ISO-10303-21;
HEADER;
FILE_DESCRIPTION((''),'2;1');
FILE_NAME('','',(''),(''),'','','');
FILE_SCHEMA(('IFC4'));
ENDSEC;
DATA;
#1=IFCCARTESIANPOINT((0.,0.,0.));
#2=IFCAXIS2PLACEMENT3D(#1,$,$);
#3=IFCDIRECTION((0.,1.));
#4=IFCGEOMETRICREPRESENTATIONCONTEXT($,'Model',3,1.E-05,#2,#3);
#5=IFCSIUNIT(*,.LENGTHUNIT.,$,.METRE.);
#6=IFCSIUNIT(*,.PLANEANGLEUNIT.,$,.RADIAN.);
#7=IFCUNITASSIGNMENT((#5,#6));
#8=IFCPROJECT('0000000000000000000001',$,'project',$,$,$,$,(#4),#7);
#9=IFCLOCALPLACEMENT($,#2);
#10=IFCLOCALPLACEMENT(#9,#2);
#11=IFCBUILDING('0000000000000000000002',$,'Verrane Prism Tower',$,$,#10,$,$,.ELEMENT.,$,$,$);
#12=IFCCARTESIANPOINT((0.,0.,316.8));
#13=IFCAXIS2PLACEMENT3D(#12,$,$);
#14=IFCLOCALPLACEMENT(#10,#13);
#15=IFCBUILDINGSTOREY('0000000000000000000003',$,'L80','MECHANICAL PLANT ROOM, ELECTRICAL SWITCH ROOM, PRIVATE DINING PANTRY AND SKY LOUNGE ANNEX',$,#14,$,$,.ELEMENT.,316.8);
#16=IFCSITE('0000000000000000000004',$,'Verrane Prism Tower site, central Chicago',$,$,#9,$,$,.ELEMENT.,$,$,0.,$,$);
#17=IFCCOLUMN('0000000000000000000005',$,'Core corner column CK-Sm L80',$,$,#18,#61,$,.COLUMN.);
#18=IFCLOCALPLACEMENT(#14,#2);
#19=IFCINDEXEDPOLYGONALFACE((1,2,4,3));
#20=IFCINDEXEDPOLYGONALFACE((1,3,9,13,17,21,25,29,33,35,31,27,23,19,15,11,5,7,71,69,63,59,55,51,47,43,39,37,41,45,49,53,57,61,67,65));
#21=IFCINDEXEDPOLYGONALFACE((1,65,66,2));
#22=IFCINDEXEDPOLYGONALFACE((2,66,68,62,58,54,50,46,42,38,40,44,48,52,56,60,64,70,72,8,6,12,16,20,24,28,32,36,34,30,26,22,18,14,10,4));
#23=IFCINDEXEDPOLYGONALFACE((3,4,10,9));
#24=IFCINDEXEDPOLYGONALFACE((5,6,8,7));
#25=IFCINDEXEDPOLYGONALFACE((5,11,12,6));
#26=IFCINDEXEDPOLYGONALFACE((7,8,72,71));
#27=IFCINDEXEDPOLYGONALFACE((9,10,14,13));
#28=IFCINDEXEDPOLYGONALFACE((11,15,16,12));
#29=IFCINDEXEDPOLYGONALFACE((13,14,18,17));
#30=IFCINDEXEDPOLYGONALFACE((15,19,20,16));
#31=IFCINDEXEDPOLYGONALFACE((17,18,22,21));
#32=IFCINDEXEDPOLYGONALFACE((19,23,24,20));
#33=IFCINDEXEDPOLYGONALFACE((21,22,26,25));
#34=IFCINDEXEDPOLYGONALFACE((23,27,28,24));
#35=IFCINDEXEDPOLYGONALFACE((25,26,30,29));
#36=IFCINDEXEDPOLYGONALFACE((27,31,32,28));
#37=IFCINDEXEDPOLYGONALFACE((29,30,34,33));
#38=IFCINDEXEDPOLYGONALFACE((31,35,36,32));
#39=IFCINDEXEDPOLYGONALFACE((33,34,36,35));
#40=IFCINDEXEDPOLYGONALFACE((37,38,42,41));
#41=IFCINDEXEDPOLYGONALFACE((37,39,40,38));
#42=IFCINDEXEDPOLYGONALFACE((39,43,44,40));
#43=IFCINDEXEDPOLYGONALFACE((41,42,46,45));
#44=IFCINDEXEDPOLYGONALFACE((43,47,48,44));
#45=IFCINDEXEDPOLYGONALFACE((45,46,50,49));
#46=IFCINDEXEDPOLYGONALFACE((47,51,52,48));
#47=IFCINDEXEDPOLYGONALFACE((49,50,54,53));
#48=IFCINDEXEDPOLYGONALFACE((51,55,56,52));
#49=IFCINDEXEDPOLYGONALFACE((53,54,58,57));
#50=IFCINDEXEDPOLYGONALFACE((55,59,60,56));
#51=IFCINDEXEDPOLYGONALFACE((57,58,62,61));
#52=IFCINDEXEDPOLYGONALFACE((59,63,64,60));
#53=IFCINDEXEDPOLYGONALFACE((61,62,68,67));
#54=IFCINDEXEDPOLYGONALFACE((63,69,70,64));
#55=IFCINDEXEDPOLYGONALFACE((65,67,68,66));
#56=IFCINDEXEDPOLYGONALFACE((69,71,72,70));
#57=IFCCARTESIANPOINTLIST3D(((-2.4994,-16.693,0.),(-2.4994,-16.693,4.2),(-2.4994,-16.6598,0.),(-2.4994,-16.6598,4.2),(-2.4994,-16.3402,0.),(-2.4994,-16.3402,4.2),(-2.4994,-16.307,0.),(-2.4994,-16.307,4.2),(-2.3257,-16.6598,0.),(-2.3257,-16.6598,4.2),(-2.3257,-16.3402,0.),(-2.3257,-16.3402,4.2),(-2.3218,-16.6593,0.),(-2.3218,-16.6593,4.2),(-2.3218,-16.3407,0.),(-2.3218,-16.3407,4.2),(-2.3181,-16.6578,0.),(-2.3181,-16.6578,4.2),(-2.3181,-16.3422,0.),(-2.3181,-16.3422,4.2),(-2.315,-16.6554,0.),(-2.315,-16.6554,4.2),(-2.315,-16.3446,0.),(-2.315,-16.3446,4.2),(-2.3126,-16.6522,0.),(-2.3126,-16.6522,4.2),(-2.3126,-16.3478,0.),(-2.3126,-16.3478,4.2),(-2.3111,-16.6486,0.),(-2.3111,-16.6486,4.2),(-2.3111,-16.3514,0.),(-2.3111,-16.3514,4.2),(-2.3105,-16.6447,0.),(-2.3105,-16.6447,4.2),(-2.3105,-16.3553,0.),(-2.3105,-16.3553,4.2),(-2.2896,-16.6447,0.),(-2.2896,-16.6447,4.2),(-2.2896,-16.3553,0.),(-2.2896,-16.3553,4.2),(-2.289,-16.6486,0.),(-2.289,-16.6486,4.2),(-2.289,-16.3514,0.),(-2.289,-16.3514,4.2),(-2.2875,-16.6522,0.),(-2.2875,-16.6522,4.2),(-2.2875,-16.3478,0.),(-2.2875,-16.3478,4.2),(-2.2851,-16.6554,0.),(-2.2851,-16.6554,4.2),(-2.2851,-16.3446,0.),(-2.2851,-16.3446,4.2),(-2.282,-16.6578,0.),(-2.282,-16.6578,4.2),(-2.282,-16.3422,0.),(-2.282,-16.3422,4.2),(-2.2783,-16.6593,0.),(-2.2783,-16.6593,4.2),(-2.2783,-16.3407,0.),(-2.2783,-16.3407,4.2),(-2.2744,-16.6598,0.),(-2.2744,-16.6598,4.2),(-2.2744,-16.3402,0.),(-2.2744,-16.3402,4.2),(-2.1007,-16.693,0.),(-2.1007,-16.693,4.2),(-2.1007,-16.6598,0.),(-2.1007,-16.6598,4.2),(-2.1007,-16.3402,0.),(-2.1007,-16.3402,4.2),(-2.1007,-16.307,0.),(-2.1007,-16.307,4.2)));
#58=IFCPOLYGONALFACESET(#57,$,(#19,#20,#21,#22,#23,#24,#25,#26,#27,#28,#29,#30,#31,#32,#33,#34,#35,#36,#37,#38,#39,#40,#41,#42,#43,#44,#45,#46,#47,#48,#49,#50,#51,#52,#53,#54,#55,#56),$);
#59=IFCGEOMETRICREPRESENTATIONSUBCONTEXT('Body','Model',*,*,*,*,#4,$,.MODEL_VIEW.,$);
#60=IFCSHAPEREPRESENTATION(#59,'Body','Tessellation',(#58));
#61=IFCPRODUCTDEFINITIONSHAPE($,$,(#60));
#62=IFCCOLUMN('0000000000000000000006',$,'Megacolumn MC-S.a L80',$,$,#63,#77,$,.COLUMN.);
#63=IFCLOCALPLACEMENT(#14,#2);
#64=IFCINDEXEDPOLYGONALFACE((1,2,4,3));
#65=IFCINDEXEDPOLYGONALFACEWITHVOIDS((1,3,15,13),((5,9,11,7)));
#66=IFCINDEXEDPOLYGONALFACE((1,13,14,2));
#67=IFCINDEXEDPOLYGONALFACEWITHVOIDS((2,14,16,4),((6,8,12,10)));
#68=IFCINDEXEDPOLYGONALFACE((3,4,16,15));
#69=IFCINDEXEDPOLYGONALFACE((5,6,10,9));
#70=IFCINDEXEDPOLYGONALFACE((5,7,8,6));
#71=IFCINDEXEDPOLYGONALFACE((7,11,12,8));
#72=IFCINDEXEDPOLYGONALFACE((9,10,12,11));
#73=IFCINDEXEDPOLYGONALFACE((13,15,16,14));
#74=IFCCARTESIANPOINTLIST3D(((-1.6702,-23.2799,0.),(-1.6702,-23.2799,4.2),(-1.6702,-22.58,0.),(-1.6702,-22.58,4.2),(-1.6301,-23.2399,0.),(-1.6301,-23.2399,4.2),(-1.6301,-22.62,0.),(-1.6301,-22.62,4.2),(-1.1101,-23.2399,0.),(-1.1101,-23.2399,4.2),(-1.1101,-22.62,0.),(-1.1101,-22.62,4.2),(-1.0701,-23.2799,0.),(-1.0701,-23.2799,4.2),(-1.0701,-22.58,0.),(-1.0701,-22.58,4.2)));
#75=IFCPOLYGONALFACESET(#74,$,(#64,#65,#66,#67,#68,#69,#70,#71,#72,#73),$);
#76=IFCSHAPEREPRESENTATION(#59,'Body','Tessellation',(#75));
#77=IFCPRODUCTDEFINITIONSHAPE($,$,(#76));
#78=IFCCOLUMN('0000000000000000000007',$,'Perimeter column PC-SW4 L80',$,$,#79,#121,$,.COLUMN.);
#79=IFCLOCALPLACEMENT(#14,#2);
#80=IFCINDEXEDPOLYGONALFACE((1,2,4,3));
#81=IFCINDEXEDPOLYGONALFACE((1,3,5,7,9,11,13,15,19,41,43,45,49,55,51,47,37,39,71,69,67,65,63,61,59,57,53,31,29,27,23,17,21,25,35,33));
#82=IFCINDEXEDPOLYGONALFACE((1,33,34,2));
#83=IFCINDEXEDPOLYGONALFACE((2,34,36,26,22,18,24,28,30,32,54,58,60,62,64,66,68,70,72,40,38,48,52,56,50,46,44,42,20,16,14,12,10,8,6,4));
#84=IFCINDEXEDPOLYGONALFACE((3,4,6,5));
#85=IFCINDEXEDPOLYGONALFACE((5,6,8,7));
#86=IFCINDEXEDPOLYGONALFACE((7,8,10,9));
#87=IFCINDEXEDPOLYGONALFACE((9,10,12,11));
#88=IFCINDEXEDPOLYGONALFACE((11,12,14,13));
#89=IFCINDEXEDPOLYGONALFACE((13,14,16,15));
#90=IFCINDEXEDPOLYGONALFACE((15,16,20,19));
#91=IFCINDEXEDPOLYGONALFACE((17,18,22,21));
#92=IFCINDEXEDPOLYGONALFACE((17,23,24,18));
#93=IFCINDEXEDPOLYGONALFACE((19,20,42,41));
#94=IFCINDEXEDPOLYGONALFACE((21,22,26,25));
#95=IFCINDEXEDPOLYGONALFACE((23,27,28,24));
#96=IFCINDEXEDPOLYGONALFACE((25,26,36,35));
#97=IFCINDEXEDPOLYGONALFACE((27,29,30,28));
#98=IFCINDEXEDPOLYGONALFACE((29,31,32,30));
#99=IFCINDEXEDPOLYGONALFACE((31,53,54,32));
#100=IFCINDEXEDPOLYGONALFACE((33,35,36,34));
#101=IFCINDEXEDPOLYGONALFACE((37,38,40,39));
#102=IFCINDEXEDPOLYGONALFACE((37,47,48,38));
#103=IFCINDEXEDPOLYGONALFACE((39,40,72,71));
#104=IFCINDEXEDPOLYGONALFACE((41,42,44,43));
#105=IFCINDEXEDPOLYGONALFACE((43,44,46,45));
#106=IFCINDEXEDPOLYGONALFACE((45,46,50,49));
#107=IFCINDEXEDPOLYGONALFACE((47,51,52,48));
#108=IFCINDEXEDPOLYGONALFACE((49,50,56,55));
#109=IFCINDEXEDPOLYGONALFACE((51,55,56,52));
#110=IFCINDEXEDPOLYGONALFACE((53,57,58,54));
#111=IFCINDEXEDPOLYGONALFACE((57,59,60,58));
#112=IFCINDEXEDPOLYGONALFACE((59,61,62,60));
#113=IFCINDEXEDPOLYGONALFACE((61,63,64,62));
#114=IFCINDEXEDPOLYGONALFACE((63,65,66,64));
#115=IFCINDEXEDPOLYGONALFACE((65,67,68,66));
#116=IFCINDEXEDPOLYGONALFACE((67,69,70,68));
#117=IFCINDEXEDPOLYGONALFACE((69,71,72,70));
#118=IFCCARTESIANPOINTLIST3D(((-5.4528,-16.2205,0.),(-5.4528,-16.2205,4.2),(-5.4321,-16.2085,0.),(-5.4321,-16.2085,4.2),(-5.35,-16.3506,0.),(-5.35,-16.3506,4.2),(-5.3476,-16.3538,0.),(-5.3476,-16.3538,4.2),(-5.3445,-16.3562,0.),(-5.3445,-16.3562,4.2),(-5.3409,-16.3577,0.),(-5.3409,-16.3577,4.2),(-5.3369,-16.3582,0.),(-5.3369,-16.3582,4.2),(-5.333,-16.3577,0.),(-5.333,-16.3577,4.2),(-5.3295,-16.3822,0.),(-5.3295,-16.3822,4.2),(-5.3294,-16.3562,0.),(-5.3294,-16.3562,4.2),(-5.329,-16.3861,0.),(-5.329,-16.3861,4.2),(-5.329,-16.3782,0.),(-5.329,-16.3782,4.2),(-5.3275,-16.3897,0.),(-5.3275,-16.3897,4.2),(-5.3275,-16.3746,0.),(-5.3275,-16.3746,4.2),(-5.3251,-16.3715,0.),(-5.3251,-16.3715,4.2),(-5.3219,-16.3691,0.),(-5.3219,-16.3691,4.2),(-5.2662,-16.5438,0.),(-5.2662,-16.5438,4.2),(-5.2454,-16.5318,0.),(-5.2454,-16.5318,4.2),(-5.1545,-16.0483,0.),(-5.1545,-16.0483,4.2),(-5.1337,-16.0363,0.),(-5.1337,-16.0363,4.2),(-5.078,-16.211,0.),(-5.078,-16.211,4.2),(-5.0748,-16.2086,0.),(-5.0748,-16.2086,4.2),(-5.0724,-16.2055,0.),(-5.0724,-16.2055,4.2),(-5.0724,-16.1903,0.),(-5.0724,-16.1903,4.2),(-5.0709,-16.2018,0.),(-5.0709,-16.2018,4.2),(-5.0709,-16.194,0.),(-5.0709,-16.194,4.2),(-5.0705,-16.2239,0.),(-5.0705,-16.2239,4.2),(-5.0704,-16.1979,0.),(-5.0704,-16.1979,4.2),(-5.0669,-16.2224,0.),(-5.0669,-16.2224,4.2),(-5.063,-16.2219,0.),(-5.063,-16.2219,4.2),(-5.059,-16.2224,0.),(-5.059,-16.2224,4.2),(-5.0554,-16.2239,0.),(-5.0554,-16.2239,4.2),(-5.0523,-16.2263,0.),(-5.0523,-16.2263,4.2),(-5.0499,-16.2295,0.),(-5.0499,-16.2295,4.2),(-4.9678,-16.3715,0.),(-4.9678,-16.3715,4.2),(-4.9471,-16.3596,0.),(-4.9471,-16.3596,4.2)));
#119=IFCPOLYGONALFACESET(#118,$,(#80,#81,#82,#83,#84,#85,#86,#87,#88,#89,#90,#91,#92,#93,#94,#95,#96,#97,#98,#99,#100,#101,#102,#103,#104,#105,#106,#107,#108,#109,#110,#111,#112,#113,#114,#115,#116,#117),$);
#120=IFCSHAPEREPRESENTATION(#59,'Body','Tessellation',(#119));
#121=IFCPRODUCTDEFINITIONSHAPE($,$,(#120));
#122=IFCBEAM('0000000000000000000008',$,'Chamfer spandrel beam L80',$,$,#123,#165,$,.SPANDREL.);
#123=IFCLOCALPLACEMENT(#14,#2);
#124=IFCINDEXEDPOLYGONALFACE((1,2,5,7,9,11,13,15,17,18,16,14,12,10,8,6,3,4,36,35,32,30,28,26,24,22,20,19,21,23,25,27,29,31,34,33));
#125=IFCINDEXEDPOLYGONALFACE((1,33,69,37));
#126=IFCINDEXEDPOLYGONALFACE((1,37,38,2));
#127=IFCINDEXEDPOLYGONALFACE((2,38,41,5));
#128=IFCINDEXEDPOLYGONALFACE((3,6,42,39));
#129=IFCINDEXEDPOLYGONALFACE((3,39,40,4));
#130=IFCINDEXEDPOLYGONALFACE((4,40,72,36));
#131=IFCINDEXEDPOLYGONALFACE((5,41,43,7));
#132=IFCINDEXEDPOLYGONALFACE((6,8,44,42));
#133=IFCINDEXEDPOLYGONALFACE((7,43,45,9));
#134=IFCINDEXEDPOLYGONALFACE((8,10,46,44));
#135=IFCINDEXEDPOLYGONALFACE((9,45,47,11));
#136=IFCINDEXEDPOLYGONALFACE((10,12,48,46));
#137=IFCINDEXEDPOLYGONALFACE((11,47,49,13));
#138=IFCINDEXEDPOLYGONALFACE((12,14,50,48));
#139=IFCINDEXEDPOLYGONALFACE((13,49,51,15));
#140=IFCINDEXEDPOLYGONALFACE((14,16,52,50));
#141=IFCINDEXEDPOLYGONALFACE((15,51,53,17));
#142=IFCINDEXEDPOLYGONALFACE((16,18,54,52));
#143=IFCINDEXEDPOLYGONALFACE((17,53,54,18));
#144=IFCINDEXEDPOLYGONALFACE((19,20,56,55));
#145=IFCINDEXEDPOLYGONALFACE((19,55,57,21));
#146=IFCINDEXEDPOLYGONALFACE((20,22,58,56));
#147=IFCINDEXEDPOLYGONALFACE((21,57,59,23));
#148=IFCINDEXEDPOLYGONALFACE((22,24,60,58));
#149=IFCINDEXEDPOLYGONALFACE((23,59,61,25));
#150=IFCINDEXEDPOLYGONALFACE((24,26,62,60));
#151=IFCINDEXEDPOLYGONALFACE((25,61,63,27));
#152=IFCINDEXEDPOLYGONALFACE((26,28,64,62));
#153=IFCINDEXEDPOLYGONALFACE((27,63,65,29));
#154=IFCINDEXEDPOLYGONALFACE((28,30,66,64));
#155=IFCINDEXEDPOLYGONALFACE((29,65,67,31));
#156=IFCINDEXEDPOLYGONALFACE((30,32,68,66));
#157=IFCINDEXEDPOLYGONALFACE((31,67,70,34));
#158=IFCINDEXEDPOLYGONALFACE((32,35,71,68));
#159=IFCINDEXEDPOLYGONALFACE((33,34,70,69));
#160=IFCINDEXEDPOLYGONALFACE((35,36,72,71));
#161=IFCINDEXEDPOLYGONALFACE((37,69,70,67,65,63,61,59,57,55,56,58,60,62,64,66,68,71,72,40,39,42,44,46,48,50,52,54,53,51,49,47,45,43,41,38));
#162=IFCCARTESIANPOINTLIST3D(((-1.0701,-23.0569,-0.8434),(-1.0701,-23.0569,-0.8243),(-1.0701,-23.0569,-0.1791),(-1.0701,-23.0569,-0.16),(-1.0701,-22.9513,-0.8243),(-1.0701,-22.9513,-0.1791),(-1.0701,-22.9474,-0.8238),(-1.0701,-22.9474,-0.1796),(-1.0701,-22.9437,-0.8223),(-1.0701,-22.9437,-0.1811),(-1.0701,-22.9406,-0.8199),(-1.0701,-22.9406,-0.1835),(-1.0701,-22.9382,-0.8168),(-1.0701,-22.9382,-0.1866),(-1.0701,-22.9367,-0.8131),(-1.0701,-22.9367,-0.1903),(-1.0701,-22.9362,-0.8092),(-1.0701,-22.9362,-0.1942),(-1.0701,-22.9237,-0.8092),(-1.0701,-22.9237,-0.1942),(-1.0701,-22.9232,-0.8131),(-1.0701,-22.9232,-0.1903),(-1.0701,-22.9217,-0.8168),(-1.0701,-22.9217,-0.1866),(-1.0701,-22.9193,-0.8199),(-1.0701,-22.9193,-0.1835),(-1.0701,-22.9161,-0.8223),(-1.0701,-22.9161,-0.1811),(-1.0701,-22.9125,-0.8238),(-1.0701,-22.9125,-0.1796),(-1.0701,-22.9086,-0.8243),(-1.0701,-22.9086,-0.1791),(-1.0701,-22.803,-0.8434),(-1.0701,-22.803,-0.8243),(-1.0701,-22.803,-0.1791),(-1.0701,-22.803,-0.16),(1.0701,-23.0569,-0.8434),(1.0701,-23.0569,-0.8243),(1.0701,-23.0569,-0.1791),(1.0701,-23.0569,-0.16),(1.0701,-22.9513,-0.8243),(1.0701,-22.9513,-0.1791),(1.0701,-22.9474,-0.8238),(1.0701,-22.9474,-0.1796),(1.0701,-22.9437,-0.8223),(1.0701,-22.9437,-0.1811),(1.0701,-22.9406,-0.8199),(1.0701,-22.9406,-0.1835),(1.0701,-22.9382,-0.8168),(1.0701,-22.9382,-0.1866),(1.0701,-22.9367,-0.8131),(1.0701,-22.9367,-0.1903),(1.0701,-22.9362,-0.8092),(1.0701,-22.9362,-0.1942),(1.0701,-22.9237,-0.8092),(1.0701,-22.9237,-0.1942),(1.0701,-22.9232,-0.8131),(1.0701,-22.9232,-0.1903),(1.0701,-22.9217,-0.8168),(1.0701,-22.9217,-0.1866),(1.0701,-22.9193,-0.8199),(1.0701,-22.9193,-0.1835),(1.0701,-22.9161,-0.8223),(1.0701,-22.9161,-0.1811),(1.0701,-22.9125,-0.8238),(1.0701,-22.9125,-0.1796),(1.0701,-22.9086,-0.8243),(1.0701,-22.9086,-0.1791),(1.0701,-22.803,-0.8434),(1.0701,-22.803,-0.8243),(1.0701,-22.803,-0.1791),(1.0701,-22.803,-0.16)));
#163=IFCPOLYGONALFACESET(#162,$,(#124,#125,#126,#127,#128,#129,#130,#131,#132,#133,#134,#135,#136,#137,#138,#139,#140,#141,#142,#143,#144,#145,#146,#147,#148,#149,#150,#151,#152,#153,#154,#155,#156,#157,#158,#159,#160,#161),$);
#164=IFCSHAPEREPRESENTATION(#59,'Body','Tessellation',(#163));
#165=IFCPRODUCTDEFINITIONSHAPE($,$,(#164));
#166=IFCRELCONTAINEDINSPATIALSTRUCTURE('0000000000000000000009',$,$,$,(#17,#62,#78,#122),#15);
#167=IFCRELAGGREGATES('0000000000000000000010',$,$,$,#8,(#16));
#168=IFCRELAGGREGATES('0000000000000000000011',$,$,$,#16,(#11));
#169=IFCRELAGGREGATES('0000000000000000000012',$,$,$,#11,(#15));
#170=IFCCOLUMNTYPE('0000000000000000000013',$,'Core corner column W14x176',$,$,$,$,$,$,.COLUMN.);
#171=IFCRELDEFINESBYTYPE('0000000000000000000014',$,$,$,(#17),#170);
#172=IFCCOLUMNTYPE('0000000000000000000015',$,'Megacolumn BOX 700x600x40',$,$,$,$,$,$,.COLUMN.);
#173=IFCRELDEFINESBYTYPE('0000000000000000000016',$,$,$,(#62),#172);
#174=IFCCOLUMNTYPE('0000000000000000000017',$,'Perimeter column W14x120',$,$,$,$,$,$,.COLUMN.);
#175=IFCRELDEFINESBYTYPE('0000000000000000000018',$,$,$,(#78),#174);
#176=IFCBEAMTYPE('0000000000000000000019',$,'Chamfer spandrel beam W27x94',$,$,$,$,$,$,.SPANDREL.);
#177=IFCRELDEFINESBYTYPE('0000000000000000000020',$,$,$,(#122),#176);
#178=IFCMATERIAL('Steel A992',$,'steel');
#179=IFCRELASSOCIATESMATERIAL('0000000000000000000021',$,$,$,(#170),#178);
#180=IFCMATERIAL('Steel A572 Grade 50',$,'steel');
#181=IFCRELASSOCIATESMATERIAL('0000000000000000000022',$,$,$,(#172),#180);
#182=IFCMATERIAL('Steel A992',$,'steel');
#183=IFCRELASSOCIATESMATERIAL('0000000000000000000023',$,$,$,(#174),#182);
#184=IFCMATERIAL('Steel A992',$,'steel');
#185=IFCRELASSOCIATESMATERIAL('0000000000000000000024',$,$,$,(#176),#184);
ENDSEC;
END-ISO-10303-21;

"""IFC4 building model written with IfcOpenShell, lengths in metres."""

from ifc_helpers import new_model, si_unit, direction, frame, origin, origin_2d, place, context, subcontext, project, spatial, hollow_rectangle, i_section, extrude, material, material_profile, profile_set, type_object, element, save


model = new_model("IFC4")

# Units and contexts
model_context = context("Model", 3, precision=1e-05, world=origin(), true_north=direction((0.0, 1.0)))
body_context = subcontext(model_context, "Body", "Model", "MODEL_VIEW")
ifc_project = project(units=[si_unit("LENGTHUNIT", "METRE"), si_unit("PLANEANGLEUNIT", "RADIAN")], contexts=[model_context])

# Site, building, storey
site_placement = place(None, origin())
site = spatial("IfcSite", under=ifc_project, at=site_placement, Name="Verrane Prism Tower site, central Chicago", CompositionType="ELEMENT", RefElevation=0.0)
building_placement = place(site_placement, origin())
building = spatial("IfcBuilding", under=site, at=building_placement, Name="Verrane Prism Tower", CompositionType="ELEMENT")
storey_placement = place(building_placement, frame((0.0, 0.0, 316.8)))
storey = spatial("IfcBuildingStorey", under=building, at=storey_placement, Name="L80", Description="MECHANICAL PLANT ROOM, ELECTRICAL SWITCH ROOM, PRIVATE DINING PANTRY AND SKY LOUNGE ANNEX", CompositionType="ELEMENT", Elevation=316.8)

# Columns
ifc_material_1 = material(Name="Steel A992", Category="steel")
ifc_material_profile_1 = material_profile(ifc_material_1, i_section(OverallWidth=0.3987, OverallDepth=0.386, WebThickness=0.021, FlangeThickness=0.0332, FilletRadius=0.0151, at=origin_2d()), Name="W14x176")
ifc_profile_set_1 = profile_set([ifc_material_profile_1], Name="Steel A992")
column_type_1 = type_object("IfcColumnType", Name="Core corner column W14x176", PredefinedType="COLUMN", material=ifc_profile_set_1)
column_1_placement = place(storey_placement, frame((-2.3, -16.5, 0.0), z_axis=(0.0, 0.0, 1.0), x_axis=(-1.0, 0.0, 0.0)))
element("IfcColumn", 1, at=column_1_placement, inside=storey, type_object=column_type_1, Name="Core corner column CK-Sm L80", PredefinedType="COLUMN", context=body_context, shape_type="SweptSolid", body=[
    extrude(i_section(OverallWidth=0.3987, OverallDepth=0.386, WebThickness=0.021, FlangeThickness=0.0332, FilletRadius=0.0151, at=origin_2d()), origin(), (0.0, 0.0, 1.0), 4.2),
])
ifc_material_2 = material(Name="Steel A572 Grade 50", Category="steel")
ifc_material_profile_2 = material_profile(ifc_material_2, hollow_rectangle(XDim=0.6001, YDim=0.7, WallThickness=0.04, at=origin_2d()), Name="BOX 700x600x40")
ifc_profile_set_2 = profile_set([ifc_material_profile_2], Name="Steel A572 Grade 50")
column_type_2 = type_object("IfcColumnType", Name="Megacolumn BOX 700x600x40", PredefinedType="COLUMN", material=ifc_profile_set_2)
column_2_placement = place(storey_placement, frame((-1.3701, -22.9299, 0.0), z_axis=(0.0, 0.0, 1.0), x_axis=(-1.0, 0.0, 0.0)))
element("IfcColumn", 2, at=column_2_placement, inside=storey, type_object=column_type_2, Name="Megacolumn MC-S.a L80", PredefinedType="COLUMN", context=body_context, shape_type="SweptSolid", body=[
    extrude(hollow_rectangle(XDim=0.6001, YDim=0.7, WallThickness=0.04, at=origin_2d()), origin(), (0.0, 0.0, 1.0), 4.2),
])
ifc_material_3 = material(Name="Steel A992", Category="steel")
ifc_material_profile_3 = material_profile(ifc_material_3, i_section(OverallWidth=0.3733, OverallDepth=0.3684, WebThickness=0.0149, FlangeThickness=0.0239, FilletRadius=0.0151, at=origin_2d()), Name="W14x120")
ifc_profile_set_3 = profile_set([ifc_material_profile_3], Name="Steel A992")
column_type_3 = type_object("IfcColumnType", Name="Perimeter column W14x120", PredefinedType="COLUMN", material=ifc_profile_set_3)
column_3_placement = place(storey_placement, frame((-5.2, -16.29, 0.0), z_axis=(0.0, 0.0, 1.0), x_axis=(-0.5, 0.866025, 0.0)))
element("IfcColumn", 3, at=column_3_placement, inside=storey, type_object=column_type_3, Name="Perimeter column PC-SW4 L80", PredefinedType="COLUMN", context=body_context, shape_type="SweptSolid", body=[
    extrude(i_section(OverallWidth=0.3733, OverallDepth=0.3684, WebThickness=0.0149, FlangeThickness=0.0239, FilletRadius=0.0151, at=origin_2d()), origin(), (0.0, 0.0, 1.0), 4.2),
])

# Beam
ifc_material_4 = material(Name="Steel A992", Category="steel")
ifc_material_profile_4 = material_profile(ifc_material_4, i_section(OverallWidth=0.2539, OverallDepth=0.6833, WebThickness=0.0125, FlangeThickness=0.019, FilletRadius=0.0151, at=origin_2d()), Name="W27x94")
ifc_profile_set_4 = profile_set([ifc_material_profile_4], Name="Steel A992")
beam_type_1 = type_object("IfcBeamType", Name="Chamfer spandrel beam W27x94", PredefinedType="SPANDREL", material=ifc_profile_set_4)
beam_1_placement = place(storey_placement, frame((-1.0701, -22.9299, -0.5017), z_axis=(1.0, 0.0, 0.0), x_axis=(0.0, 1.0, 0.0)))
element("IfcBeam", 4, at=beam_1_placement, inside=storey, type_object=beam_type_1, Name="Chamfer spandrel beam L80", PredefinedType="SPANDREL", context=body_context, shape_type="SweptSolid", body=[
    extrude(i_section(OverallWidth=0.2539, OverallDepth=0.6833, WebThickness=0.0125, FlangeThickness=0.019, FilletRadius=0.0151, at=origin_2d()), origin(), (0.0, 0.0, 1.0), 2.1401),
])

save(model, "model.ifc")
